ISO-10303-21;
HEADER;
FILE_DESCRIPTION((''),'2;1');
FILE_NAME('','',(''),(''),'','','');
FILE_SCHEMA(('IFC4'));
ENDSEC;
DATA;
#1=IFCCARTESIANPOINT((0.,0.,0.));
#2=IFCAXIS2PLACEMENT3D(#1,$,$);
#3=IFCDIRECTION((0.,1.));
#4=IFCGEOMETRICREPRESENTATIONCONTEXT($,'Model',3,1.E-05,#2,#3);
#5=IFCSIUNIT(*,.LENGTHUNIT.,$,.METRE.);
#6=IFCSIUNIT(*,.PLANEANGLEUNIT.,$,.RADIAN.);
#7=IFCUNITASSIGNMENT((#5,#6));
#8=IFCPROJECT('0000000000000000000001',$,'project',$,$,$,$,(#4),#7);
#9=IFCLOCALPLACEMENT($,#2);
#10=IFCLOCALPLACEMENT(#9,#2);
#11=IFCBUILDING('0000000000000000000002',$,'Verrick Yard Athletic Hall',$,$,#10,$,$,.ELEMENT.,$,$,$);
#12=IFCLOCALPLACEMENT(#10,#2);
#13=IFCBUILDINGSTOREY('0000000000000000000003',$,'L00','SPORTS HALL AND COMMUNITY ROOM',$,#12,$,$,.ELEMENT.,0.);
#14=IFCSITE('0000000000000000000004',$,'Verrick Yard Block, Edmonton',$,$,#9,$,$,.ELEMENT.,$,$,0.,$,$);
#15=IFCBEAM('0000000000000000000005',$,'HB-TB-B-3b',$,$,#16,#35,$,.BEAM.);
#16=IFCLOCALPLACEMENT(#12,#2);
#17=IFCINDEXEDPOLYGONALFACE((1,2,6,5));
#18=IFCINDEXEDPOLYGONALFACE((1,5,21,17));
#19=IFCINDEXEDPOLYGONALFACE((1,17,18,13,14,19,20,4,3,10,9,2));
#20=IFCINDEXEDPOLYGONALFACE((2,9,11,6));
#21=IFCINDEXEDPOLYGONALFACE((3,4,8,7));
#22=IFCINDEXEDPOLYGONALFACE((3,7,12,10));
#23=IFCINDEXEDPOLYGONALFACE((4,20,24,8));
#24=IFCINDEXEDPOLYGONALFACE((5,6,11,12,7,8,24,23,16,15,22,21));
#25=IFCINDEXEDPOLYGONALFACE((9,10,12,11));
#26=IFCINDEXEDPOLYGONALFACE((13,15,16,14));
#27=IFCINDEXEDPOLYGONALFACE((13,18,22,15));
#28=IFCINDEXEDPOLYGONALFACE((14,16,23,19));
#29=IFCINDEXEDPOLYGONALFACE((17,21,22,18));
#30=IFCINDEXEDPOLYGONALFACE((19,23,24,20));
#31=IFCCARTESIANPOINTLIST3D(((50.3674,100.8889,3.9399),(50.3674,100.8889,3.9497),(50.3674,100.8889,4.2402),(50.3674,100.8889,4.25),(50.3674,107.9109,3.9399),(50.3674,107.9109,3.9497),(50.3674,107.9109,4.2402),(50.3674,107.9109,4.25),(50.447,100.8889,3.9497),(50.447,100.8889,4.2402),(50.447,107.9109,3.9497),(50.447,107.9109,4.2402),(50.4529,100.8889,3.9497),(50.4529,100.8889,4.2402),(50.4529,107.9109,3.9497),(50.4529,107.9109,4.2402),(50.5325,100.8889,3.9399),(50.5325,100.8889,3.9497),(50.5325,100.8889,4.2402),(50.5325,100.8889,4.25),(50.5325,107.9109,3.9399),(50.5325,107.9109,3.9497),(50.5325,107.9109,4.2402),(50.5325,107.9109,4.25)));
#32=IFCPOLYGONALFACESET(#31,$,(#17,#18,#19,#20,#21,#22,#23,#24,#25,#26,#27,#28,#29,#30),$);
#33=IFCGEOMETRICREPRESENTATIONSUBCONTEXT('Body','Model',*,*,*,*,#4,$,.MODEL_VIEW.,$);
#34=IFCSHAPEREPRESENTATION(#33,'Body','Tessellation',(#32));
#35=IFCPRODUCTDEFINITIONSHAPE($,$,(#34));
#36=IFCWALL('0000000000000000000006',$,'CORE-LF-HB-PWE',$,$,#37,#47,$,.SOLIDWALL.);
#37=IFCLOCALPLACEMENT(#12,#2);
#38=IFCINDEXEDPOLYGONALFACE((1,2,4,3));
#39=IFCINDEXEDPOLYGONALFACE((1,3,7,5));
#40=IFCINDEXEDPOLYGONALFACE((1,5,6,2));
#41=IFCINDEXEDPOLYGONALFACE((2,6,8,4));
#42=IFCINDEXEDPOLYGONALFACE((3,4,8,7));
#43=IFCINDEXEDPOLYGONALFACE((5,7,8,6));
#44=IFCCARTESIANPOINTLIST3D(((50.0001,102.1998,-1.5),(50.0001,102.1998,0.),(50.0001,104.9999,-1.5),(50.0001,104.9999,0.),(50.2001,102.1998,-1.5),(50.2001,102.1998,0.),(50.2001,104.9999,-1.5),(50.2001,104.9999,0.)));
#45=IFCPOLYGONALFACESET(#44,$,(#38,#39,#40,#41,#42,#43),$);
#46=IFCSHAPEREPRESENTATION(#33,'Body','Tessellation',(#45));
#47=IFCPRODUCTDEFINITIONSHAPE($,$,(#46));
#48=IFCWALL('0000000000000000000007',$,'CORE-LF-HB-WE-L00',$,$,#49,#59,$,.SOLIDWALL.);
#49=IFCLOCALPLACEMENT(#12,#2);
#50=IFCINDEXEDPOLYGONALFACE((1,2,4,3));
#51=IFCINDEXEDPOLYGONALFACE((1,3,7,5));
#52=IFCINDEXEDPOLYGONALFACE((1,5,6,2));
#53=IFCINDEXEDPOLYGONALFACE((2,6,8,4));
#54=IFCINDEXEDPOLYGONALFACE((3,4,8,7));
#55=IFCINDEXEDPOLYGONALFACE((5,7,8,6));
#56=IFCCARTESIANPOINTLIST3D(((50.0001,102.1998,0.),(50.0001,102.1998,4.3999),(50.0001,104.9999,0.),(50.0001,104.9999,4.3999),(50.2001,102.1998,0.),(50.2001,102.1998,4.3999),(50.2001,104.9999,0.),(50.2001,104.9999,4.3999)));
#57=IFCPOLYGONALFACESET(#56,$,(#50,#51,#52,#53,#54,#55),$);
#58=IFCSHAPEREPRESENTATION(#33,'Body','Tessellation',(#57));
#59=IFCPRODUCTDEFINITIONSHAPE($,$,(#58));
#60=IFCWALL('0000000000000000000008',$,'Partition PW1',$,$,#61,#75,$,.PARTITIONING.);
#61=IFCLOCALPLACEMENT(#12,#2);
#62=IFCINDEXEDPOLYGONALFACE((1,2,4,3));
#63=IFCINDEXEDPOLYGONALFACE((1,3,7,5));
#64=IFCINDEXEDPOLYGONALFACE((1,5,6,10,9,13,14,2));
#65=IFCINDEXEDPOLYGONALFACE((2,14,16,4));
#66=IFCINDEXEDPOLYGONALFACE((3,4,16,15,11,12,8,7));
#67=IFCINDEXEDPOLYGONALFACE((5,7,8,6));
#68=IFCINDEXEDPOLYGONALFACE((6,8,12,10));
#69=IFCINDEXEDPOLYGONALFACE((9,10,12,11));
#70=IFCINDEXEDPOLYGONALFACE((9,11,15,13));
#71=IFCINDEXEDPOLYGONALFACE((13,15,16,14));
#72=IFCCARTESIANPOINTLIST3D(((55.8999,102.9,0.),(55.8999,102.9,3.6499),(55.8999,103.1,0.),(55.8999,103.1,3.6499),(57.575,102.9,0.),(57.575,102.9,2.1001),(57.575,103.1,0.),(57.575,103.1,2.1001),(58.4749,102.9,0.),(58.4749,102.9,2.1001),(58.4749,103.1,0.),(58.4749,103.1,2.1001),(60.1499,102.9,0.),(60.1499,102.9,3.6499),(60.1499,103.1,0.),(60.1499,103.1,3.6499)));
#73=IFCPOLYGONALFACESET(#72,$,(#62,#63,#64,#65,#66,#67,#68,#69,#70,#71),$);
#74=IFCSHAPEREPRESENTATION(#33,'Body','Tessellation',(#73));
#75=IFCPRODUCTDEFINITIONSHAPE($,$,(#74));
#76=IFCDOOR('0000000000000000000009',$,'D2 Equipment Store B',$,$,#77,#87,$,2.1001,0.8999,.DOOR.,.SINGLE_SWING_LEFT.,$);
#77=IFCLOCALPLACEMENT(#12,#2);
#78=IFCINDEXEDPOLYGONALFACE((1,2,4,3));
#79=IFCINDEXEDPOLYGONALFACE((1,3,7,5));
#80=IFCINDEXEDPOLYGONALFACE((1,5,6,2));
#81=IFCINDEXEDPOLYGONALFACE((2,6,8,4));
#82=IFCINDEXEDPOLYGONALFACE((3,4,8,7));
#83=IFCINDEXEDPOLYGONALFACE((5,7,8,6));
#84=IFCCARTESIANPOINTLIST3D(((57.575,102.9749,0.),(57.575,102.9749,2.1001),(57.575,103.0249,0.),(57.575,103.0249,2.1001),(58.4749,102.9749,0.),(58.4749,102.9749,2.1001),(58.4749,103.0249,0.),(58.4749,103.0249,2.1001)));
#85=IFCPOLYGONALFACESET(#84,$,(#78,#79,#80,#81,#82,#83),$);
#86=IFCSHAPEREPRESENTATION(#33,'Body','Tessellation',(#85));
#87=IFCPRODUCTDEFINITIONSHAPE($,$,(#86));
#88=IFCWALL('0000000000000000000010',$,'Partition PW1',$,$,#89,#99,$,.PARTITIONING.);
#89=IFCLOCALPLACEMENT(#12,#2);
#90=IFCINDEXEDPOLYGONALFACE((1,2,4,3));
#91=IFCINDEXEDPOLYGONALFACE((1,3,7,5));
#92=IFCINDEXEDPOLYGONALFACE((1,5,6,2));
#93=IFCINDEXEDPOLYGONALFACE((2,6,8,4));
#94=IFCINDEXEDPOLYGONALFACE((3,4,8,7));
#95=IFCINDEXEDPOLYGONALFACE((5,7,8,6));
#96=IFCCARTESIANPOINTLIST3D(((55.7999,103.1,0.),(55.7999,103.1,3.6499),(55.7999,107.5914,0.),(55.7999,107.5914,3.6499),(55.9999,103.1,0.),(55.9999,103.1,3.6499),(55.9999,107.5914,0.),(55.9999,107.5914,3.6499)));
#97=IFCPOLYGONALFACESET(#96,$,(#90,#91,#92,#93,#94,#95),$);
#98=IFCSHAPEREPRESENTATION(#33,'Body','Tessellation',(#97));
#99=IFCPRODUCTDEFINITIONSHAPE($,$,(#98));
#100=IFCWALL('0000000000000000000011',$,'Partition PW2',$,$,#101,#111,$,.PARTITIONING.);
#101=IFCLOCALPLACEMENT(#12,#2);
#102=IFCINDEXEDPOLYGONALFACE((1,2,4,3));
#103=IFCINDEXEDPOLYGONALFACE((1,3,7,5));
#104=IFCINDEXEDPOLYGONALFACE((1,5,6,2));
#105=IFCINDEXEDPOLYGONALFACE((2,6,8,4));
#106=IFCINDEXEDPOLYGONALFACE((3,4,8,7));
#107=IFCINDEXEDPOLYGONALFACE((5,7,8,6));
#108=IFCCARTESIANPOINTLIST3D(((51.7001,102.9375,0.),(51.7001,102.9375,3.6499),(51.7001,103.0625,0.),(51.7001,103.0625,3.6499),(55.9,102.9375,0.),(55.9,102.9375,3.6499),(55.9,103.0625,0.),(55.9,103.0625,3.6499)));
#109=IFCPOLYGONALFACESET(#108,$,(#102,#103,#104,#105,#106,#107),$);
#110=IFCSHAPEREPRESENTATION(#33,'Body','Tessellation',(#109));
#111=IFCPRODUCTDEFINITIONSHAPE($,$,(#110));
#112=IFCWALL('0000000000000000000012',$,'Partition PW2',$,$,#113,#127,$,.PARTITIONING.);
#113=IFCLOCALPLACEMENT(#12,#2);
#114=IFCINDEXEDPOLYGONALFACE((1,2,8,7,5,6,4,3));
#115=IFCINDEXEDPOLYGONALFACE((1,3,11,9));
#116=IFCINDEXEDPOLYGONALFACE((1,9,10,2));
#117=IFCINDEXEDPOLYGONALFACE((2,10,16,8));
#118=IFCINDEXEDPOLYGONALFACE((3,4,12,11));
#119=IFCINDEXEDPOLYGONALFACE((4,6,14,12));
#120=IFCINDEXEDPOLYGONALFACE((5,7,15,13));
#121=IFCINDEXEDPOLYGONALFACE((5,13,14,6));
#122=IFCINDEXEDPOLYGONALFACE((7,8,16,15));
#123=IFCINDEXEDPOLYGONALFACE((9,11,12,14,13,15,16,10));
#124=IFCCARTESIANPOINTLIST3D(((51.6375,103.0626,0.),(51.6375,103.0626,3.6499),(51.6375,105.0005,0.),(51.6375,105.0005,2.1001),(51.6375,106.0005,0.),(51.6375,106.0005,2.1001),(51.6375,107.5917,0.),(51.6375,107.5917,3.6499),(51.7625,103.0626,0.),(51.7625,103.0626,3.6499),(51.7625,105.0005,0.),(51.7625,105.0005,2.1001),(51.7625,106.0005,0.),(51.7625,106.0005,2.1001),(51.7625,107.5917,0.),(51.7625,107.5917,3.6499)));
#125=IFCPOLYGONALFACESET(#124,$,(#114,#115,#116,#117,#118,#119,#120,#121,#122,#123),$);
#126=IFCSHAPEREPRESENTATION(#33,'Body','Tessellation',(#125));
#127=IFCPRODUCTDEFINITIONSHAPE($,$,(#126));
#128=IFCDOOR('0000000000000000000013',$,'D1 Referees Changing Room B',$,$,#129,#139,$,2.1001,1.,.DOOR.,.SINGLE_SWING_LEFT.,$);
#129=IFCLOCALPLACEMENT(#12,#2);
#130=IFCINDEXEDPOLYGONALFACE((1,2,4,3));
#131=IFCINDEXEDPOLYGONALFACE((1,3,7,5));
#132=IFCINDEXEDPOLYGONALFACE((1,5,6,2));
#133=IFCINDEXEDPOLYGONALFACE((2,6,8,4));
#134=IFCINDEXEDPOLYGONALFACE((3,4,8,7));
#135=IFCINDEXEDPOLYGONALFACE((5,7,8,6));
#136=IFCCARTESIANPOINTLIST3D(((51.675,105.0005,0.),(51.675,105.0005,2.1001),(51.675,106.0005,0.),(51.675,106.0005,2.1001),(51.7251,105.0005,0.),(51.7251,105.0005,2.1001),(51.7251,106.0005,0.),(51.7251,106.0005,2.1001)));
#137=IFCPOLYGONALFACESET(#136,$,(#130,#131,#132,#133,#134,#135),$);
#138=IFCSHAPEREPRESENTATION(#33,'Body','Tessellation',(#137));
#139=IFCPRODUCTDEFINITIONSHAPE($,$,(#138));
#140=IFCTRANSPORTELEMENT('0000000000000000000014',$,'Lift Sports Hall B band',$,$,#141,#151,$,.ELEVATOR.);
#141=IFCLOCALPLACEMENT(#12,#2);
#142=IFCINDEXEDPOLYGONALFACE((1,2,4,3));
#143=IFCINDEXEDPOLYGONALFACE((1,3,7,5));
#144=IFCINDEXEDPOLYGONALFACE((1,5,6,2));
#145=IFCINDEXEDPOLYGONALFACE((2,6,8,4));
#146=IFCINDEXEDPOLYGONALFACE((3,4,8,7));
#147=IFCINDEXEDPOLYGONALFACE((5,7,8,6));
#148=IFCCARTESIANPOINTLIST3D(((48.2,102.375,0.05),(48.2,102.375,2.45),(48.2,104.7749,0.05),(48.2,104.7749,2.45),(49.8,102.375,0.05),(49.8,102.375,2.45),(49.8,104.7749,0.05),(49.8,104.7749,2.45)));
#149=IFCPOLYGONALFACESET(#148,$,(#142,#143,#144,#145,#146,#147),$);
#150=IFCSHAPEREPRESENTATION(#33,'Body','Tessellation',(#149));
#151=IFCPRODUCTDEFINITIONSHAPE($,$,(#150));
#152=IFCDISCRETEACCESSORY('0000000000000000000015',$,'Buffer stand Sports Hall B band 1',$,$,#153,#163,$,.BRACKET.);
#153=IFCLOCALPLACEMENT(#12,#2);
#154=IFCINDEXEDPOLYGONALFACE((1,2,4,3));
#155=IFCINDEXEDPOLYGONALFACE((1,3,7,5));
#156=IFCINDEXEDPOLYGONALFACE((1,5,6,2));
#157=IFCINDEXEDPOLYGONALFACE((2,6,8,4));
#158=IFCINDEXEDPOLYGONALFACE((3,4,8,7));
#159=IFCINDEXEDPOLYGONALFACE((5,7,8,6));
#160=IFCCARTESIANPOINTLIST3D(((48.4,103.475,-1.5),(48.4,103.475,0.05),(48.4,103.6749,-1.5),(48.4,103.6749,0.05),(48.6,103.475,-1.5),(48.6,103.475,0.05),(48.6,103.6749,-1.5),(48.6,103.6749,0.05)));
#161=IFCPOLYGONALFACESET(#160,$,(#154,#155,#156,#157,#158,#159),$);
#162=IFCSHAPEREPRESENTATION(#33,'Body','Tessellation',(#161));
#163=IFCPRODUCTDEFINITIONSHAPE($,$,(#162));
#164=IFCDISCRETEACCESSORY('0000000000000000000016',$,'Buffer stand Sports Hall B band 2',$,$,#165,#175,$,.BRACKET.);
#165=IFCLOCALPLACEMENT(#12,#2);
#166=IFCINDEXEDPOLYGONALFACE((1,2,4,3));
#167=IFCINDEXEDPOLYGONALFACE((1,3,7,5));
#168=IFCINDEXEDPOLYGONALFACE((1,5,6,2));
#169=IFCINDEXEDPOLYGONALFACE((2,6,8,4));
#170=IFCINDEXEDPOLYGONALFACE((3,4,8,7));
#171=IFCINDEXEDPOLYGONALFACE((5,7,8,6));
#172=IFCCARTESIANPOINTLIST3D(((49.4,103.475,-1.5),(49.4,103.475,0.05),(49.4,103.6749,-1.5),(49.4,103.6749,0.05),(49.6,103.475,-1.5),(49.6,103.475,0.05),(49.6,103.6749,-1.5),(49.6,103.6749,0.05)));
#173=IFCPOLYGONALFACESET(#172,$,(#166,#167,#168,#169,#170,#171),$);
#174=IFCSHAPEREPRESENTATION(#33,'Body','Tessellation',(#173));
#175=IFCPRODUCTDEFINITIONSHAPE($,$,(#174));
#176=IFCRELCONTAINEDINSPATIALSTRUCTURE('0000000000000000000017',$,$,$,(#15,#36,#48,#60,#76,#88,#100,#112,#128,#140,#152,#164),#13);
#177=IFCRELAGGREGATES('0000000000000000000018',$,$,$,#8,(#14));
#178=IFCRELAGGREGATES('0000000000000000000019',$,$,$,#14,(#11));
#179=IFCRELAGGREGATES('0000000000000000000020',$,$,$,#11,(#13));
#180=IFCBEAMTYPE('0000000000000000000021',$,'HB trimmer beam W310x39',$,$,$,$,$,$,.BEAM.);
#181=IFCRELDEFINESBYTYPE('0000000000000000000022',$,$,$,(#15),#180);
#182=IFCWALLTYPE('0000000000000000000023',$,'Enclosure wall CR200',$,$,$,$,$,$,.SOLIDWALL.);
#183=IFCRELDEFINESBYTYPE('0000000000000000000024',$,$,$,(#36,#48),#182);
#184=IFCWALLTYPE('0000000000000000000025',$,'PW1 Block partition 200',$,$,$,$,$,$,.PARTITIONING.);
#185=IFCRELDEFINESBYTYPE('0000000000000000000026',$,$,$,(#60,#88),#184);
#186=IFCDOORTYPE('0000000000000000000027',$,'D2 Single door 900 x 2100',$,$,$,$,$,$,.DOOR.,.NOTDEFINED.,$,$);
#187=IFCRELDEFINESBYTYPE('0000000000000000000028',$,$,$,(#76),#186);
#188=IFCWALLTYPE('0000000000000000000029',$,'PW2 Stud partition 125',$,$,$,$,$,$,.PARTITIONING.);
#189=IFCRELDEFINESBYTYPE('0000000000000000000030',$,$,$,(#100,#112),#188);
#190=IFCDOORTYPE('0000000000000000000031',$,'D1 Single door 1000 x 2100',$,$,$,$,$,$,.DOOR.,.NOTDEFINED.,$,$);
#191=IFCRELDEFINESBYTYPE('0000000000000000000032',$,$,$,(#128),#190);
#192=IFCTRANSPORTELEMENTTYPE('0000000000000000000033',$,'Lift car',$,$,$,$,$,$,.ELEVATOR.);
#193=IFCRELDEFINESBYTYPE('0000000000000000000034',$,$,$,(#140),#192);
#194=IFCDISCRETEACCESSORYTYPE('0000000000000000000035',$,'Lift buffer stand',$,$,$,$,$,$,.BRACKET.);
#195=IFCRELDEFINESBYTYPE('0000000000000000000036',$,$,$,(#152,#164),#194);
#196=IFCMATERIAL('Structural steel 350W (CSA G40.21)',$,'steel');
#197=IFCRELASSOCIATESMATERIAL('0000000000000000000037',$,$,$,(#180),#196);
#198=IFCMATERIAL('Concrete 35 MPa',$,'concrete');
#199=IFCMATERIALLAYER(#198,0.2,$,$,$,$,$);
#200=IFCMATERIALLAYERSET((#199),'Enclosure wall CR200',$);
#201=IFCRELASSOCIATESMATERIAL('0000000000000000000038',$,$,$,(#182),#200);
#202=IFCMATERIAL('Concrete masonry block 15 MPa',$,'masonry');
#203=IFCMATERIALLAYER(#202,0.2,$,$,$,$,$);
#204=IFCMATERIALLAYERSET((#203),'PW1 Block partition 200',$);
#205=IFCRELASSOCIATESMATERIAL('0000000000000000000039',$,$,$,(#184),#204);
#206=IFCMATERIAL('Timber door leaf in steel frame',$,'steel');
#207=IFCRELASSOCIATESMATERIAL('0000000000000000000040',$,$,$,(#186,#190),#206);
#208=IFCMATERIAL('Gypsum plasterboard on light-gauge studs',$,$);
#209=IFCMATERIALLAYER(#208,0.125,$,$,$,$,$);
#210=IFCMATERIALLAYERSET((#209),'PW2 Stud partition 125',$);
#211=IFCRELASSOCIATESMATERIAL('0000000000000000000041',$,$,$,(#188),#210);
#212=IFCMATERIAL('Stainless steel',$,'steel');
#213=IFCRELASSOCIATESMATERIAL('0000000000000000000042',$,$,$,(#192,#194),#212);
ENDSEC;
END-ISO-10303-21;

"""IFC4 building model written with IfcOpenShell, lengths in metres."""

from ifc_helpers import new_model, si_unit, direction, frame, frame_2d, origin, origin_2d, place, context, subcontext, project, spatial, rectangle, i_section, extrude, material, layer, layer_set, material_profile, profile_set, type_object, element, fill, save


model = new_model("IFC4")

# Units and contexts
model_context = context("Model", 3, precision=1e-05, world=origin(), true_north=direction((0.0, 1.0)))
body_context = subcontext(model_context, "Body", "Model", "MODEL_VIEW")
ifc_project = project(units=[si_unit("LENGTHUNIT", "METRE"), si_unit("PLANEANGLEUNIT", "RADIAN")], contexts=[model_context])

# Site, building, storey
site_placement = place(None, origin())
site = spatial("IfcSite", under=ifc_project, at=site_placement, Name="Verrick Yard Block, Edmonton", CompositionType="ELEMENT", RefElevation=0.0)
building_placement = place(site_placement, origin())
building = spatial("IfcBuilding", under=site, at=building_placement, Name="Verrick Yard Athletic Hall", CompositionType="ELEMENT")
storey_placement = place(building_placement, origin())
storey = spatial("IfcBuildingStorey", under=building, at=storey_placement, Name="L00", Description="SPORTS HALL AND COMMUNITY ROOM", CompositionType="ELEMENT", Elevation=0.0)

# Shared definitions
ifc_material_1 = material(Name="Concrete 35 MPa", Category="concrete")

# Shared definitions
ifc_material_2 = material(Name="Structural steel 350W (CSA G40.21)", Category="steel")

# Beam
ifc_material_profile_1 = material_profile(ifc_material_2, i_section(OverallWidth=0.165, OverallDepth=0.3101, WebThickness=0.0059, FlangeThickness=0.0098, at=origin_2d()), Name="W310x39")
ifc_profile_set_1 = profile_set([ifc_material_profile_1], Name="Structural steel 350W (CSA G40.21)")
beam_type_1 = type_object("IfcBeamType", Name="HB trimmer beam W310x39", PredefinedType="BEAM", material=ifc_profile_set_1)
beam_1_placement = place(storey_placement, frame((50.45, 100.8889, 4.095), z_axis=(0.0, 1.0, 0.0), x_axis=(-1.0, 0.0, 0.0)))
element("IfcBeam", 1, at=beam_1_placement, inside=storey, type_object=beam_type_1, Name="HB-TB-B-3b", PredefinedType="BEAM", context=body_context, shape_type="SweptSolid", body=[
    extrude(i_section(OverallWidth=0.165, OverallDepth=0.3101, WebThickness=0.0059, FlangeThickness=0.0098, at=origin_2d()), origin(), (0.0, 0.0, 1.0), 7.022),
])

# Walls
ifc_layer_1 = layer(ifc_material_1, 0.2)
ifc_layer_set_1 = layer_set([ifc_layer_1], Name="Enclosure wall CR200")
wall_type_1 = type_object("IfcWallType", Name="Enclosure wall CR200", PredefinedType="SOLIDWALL", material=ifc_layer_set_1)
wall_1_placement = place(storey_placement, frame((50.1001, 102.2, -1.5), z_axis=(0.0, 0.0, 1.0), x_axis=(0.0, 1.0, 0.0)))
element("IfcWall", 2, at=wall_1_placement, inside=storey, type_object=wall_type_1, Name="CORE-LF-HB-PWE", PredefinedType="SOLIDWALL", context=body_context, shape_type="SweptSolid", body=[
    extrude(rectangle(XDim=2.8, YDim=0.2, at=frame_2d((1.3999, 0.0))), origin(), (0.0, 0.0, 1.0), 1.5),
])
wall_2_placement = place(storey_placement, frame((50.1001, 102.2, 0.0), z_axis=(0.0, 0.0, 1.0), x_axis=(0.0, 1.0, 0.0)))
element("IfcWall", 3, at=wall_2_placement, inside=storey, type_object=wall_type_1, Name="CORE-LF-HB-WE-L00", PredefinedType="SOLIDWALL", context=body_context, shape_type="SweptSolid", body=[
    extrude(rectangle(XDim=2.8, YDim=0.2, at=frame_2d((1.3999, 0.0))), origin(), (0.0, 0.0, 1.0), 4.3999),
])

# Wall, opening, door
ifc_material_3 = material(Name="Concrete masonry block 15 MPa", Category="masonry")
ifc_layer_2 = layer(ifc_material_3, 0.2)
ifc_layer_set_2 = layer_set([ifc_layer_2], Name="PW1 Block partition 200")
wall_type_2 = type_object("IfcWallType", Name="PW1 Block partition 200", PredefinedType="PARTITIONING", material=ifc_layer_set_2)
wall_3_placement = place(storey_placement, frame((55.8999, 103.0, 0.0), z_axis=(0.0, 0.0, 1.0), x_axis=(1.0, 0.0, 0.0)))
wall_3 = element("IfcWall", 4, at=wall_3_placement, inside=storey, type_object=wall_type_2, Name="Partition PW1", PredefinedType="PARTITIONING", context=body_context, shape_type="SweptSolid", body=[
    extrude(rectangle(XDim=4.25, YDim=0.2, at=frame_2d((2.125, 0.0))), origin(), (0.0, 0.0, 1.0), 3.6499),
])
opening_1_placement = place(wall_3_placement, frame((1.675, 0.0, 0.0)))
opening_1 = element("IfcOpeningElement", 5, at=opening_1_placement, cuts=wall_3, PredefinedType="OPENING", context=body_context, shape_type="SweptSolid", body=[
    extrude(rectangle(XDim=0.8999, YDim=2.1001, at=frame_2d((0.45, 1.05))), frame((0.0, 0.1099, 0.0), z_axis=(0.0, -1.0, 0.0), x_axis=(1.0, 0.0, 0.0)), (0.0, 0.0, 1.0), 0.22),
])
ifc_material_4 = material(Name="Timber door leaf in steel frame", Category="steel")
door_type_1 = type_object("IfcDoorType", Name="D2 Single door 900 x 2100", OperationType="NOTDEFINED", PredefinedType="DOOR", material=ifc_material_4)
door_1_placement = place(opening_1_placement, origin())
door_1 = element("IfcDoor", 6, at=door_1_placement, inside=storey, type_object=door_type_1, Name="D2 Equipment Store B", OperationType="SINGLE_SWING_LEFT", OverallHeight=2.1001, OverallWidth=0.8999, PredefinedType="DOOR", context=body_context, shape_type="SweptSolid", body=[
    extrude(rectangle(XDim=0.8999, YDim=2.1001, at=frame_2d((0.45, 1.05))), frame((0.0, 0.0249, 0.0), z_axis=(0.0, -1.0, 0.0), x_axis=(1.0, 0.0, 0.0)), (0.0, 0.0, 1.0), 0.05),
])
fill(opening_1, door_1)

# Walls
wall_4_placement = place(storey_placement, frame((55.8999, 103.1001, 0.0), z_axis=(0.0, 0.0, 1.0), x_axis=(0.0, 1.0, 0.0)))
element("IfcWall", 7, at=wall_4_placement, inside=storey, type_object=wall_type_2, Name="Partition PW1", PredefinedType="PARTITIONING", context=body_context, shape_type="SweptSolid", body=[
    extrude(rectangle(XDim=4.4915, YDim=0.2, at=frame_2d((2.2456, 0.0))), origin(), (0.0, 0.0, 1.0), 3.6499),
])
ifc_material_5 = material(Name="Gypsum plasterboard on light-gauge studs")
ifc_layer_3 = layer(ifc_material_5, 0.125)
ifc_layer_set_3 = layer_set([ifc_layer_3], Name="PW2 Stud partition 125")
wall_type_3 = type_object("IfcWallType", Name="PW2 Stud partition 125", PredefinedType="PARTITIONING", material=ifc_layer_set_3)
wall_5_placement = place(storey_placement, frame((51.7, 103.0, 0.0), z_axis=(0.0, 0.0, 1.0), x_axis=(1.0, 0.0, 0.0)))
element("IfcWall", 8, at=wall_5_placement, inside=storey, type_object=wall_type_3, Name="Partition PW2", PredefinedType="PARTITIONING", context=body_context, shape_type="SweptSolid", body=[
    extrude(rectangle(XDim=4.2, YDim=0.125, at=frame_2d((2.1001, 0.0))), origin(), (0.0, 0.0, 1.0), 3.6499),
])

# Wall, opening, door
wall_6_placement = place(storey_placement, frame((51.7, 103.0625, 0.0), z_axis=(0.0, 0.0, 1.0), x_axis=(0.0, 1.0, 0.0)))
wall_6 = element("IfcWall", 9, at=wall_6_placement, inside=storey, type_object=wall_type_3, Name="Partition PW2", PredefinedType="PARTITIONING", context=body_context, shape_type="SweptSolid", body=[
    extrude(rectangle(XDim=4.5291, YDim=0.125, at=frame_2d((2.2646, 0.0))), origin(), (0.0, 0.0, 1.0), 3.6499),
])
opening_2_placement = place(wall_6_placement, frame((1.938, 0.0, 0.0)))
opening_2 = element("IfcOpeningElement", 10, at=opening_2_placement, cuts=wall_6, PredefinedType="OPENING", context=body_context, shape_type="SweptSolid", body=[
    extrude(rectangle(XDim=1.0, YDim=2.1001, at=frame_2d((0.5, 1.05))), frame((0.0, 0.0725, 0.0), z_axis=(0.0, -1.0, 0.0), x_axis=(1.0, 0.0, 0.0)), (0.0, 0.0, 1.0), 0.145),
])
door_type_2 = type_object("IfcDoorType", Name="D1 Single door 1000 x 2100", OperationType="NOTDEFINED", PredefinedType="DOOR", material=ifc_material_4)
door_2_placement = place(opening_2_placement, origin())
door_2 = element("IfcDoor", 11, at=door_2_placement, inside=storey, type_object=door_type_2, Name="D1 Referees Changing Room B", OperationType="SINGLE_SWING_LEFT", OverallHeight=2.1001, OverallWidth=1.0, PredefinedType="DOOR", context=body_context, shape_type="SweptSolid", body=[
    extrude(rectangle(XDim=1.0, YDim=2.1001, at=frame_2d((0.5, 1.05))), frame((0.0, 0.0249, 0.0), z_axis=(0.0, -1.0, 0.0), x_axis=(1.0, 0.0, 0.0)), (0.0, 0.0, 1.0), 0.05),
])
fill(opening_2, door_2)

# Transport element
ifc_material_6 = material(Name="Stainless steel", Category="steel")
transport_element_type = type_object("IfcTransportElementType", Name="Lift car", PredefinedType="ELEVATOR", material=ifc_material_6)
transport_element_placement = place(storey_placement, frame((49.0, 103.575, 0.05), z_axis=(0.0, 0.0, 1.0), x_axis=(1.0, 0.0, 0.0)))
element("IfcTransportElement", 12, at=transport_element_placement, inside=storey, type_object=transport_element_type, Name="Lift Sports Hall B band", PredefinedType="ELEVATOR", context=body_context, shape_type="SweptSolid", body=[
    extrude(rectangle(XDim=1.6001, YDim=2.3999, at=origin_2d()), origin(), (0.0, 0.0, 1.0), 2.3999),
])

# Discrete accessories
discrete_accessory_type = type_object("IfcDiscreteAccessoryType", Name="Lift buffer stand", PredefinedType="BRACKET", material=ifc_material_6)
for number, where, z_axis, x_axis, name in (
    (13, (48.5, 103.575, -1.5), (0.0, 0.0, 1.0), (1.0, 0.0, 0.0), "Buffer stand Sports Hall B band 1"),
    (14, (49.5, 103.575, -1.5), (0.0, 0.0, 1.0), (1.0, 0.0, 0.0), "Buffer stand Sports Hall B band 2"),
):
    element("IfcDiscreteAccessory", number, at=place(storey_placement, frame(where, z_axis=z_axis, x_axis=x_axis)), inside=storey, type_object=discrete_accessory_type, Name=name, PredefinedType="BRACKET", context=body_context, shape_type="SweptSolid", body=[
        extrude(rectangle(XDim=0.2, YDim=0.2, at=origin_2d()), origin(), (0.0, 0.0, 1.0), 1.55),
    ])

save(model, "model.ifc")
